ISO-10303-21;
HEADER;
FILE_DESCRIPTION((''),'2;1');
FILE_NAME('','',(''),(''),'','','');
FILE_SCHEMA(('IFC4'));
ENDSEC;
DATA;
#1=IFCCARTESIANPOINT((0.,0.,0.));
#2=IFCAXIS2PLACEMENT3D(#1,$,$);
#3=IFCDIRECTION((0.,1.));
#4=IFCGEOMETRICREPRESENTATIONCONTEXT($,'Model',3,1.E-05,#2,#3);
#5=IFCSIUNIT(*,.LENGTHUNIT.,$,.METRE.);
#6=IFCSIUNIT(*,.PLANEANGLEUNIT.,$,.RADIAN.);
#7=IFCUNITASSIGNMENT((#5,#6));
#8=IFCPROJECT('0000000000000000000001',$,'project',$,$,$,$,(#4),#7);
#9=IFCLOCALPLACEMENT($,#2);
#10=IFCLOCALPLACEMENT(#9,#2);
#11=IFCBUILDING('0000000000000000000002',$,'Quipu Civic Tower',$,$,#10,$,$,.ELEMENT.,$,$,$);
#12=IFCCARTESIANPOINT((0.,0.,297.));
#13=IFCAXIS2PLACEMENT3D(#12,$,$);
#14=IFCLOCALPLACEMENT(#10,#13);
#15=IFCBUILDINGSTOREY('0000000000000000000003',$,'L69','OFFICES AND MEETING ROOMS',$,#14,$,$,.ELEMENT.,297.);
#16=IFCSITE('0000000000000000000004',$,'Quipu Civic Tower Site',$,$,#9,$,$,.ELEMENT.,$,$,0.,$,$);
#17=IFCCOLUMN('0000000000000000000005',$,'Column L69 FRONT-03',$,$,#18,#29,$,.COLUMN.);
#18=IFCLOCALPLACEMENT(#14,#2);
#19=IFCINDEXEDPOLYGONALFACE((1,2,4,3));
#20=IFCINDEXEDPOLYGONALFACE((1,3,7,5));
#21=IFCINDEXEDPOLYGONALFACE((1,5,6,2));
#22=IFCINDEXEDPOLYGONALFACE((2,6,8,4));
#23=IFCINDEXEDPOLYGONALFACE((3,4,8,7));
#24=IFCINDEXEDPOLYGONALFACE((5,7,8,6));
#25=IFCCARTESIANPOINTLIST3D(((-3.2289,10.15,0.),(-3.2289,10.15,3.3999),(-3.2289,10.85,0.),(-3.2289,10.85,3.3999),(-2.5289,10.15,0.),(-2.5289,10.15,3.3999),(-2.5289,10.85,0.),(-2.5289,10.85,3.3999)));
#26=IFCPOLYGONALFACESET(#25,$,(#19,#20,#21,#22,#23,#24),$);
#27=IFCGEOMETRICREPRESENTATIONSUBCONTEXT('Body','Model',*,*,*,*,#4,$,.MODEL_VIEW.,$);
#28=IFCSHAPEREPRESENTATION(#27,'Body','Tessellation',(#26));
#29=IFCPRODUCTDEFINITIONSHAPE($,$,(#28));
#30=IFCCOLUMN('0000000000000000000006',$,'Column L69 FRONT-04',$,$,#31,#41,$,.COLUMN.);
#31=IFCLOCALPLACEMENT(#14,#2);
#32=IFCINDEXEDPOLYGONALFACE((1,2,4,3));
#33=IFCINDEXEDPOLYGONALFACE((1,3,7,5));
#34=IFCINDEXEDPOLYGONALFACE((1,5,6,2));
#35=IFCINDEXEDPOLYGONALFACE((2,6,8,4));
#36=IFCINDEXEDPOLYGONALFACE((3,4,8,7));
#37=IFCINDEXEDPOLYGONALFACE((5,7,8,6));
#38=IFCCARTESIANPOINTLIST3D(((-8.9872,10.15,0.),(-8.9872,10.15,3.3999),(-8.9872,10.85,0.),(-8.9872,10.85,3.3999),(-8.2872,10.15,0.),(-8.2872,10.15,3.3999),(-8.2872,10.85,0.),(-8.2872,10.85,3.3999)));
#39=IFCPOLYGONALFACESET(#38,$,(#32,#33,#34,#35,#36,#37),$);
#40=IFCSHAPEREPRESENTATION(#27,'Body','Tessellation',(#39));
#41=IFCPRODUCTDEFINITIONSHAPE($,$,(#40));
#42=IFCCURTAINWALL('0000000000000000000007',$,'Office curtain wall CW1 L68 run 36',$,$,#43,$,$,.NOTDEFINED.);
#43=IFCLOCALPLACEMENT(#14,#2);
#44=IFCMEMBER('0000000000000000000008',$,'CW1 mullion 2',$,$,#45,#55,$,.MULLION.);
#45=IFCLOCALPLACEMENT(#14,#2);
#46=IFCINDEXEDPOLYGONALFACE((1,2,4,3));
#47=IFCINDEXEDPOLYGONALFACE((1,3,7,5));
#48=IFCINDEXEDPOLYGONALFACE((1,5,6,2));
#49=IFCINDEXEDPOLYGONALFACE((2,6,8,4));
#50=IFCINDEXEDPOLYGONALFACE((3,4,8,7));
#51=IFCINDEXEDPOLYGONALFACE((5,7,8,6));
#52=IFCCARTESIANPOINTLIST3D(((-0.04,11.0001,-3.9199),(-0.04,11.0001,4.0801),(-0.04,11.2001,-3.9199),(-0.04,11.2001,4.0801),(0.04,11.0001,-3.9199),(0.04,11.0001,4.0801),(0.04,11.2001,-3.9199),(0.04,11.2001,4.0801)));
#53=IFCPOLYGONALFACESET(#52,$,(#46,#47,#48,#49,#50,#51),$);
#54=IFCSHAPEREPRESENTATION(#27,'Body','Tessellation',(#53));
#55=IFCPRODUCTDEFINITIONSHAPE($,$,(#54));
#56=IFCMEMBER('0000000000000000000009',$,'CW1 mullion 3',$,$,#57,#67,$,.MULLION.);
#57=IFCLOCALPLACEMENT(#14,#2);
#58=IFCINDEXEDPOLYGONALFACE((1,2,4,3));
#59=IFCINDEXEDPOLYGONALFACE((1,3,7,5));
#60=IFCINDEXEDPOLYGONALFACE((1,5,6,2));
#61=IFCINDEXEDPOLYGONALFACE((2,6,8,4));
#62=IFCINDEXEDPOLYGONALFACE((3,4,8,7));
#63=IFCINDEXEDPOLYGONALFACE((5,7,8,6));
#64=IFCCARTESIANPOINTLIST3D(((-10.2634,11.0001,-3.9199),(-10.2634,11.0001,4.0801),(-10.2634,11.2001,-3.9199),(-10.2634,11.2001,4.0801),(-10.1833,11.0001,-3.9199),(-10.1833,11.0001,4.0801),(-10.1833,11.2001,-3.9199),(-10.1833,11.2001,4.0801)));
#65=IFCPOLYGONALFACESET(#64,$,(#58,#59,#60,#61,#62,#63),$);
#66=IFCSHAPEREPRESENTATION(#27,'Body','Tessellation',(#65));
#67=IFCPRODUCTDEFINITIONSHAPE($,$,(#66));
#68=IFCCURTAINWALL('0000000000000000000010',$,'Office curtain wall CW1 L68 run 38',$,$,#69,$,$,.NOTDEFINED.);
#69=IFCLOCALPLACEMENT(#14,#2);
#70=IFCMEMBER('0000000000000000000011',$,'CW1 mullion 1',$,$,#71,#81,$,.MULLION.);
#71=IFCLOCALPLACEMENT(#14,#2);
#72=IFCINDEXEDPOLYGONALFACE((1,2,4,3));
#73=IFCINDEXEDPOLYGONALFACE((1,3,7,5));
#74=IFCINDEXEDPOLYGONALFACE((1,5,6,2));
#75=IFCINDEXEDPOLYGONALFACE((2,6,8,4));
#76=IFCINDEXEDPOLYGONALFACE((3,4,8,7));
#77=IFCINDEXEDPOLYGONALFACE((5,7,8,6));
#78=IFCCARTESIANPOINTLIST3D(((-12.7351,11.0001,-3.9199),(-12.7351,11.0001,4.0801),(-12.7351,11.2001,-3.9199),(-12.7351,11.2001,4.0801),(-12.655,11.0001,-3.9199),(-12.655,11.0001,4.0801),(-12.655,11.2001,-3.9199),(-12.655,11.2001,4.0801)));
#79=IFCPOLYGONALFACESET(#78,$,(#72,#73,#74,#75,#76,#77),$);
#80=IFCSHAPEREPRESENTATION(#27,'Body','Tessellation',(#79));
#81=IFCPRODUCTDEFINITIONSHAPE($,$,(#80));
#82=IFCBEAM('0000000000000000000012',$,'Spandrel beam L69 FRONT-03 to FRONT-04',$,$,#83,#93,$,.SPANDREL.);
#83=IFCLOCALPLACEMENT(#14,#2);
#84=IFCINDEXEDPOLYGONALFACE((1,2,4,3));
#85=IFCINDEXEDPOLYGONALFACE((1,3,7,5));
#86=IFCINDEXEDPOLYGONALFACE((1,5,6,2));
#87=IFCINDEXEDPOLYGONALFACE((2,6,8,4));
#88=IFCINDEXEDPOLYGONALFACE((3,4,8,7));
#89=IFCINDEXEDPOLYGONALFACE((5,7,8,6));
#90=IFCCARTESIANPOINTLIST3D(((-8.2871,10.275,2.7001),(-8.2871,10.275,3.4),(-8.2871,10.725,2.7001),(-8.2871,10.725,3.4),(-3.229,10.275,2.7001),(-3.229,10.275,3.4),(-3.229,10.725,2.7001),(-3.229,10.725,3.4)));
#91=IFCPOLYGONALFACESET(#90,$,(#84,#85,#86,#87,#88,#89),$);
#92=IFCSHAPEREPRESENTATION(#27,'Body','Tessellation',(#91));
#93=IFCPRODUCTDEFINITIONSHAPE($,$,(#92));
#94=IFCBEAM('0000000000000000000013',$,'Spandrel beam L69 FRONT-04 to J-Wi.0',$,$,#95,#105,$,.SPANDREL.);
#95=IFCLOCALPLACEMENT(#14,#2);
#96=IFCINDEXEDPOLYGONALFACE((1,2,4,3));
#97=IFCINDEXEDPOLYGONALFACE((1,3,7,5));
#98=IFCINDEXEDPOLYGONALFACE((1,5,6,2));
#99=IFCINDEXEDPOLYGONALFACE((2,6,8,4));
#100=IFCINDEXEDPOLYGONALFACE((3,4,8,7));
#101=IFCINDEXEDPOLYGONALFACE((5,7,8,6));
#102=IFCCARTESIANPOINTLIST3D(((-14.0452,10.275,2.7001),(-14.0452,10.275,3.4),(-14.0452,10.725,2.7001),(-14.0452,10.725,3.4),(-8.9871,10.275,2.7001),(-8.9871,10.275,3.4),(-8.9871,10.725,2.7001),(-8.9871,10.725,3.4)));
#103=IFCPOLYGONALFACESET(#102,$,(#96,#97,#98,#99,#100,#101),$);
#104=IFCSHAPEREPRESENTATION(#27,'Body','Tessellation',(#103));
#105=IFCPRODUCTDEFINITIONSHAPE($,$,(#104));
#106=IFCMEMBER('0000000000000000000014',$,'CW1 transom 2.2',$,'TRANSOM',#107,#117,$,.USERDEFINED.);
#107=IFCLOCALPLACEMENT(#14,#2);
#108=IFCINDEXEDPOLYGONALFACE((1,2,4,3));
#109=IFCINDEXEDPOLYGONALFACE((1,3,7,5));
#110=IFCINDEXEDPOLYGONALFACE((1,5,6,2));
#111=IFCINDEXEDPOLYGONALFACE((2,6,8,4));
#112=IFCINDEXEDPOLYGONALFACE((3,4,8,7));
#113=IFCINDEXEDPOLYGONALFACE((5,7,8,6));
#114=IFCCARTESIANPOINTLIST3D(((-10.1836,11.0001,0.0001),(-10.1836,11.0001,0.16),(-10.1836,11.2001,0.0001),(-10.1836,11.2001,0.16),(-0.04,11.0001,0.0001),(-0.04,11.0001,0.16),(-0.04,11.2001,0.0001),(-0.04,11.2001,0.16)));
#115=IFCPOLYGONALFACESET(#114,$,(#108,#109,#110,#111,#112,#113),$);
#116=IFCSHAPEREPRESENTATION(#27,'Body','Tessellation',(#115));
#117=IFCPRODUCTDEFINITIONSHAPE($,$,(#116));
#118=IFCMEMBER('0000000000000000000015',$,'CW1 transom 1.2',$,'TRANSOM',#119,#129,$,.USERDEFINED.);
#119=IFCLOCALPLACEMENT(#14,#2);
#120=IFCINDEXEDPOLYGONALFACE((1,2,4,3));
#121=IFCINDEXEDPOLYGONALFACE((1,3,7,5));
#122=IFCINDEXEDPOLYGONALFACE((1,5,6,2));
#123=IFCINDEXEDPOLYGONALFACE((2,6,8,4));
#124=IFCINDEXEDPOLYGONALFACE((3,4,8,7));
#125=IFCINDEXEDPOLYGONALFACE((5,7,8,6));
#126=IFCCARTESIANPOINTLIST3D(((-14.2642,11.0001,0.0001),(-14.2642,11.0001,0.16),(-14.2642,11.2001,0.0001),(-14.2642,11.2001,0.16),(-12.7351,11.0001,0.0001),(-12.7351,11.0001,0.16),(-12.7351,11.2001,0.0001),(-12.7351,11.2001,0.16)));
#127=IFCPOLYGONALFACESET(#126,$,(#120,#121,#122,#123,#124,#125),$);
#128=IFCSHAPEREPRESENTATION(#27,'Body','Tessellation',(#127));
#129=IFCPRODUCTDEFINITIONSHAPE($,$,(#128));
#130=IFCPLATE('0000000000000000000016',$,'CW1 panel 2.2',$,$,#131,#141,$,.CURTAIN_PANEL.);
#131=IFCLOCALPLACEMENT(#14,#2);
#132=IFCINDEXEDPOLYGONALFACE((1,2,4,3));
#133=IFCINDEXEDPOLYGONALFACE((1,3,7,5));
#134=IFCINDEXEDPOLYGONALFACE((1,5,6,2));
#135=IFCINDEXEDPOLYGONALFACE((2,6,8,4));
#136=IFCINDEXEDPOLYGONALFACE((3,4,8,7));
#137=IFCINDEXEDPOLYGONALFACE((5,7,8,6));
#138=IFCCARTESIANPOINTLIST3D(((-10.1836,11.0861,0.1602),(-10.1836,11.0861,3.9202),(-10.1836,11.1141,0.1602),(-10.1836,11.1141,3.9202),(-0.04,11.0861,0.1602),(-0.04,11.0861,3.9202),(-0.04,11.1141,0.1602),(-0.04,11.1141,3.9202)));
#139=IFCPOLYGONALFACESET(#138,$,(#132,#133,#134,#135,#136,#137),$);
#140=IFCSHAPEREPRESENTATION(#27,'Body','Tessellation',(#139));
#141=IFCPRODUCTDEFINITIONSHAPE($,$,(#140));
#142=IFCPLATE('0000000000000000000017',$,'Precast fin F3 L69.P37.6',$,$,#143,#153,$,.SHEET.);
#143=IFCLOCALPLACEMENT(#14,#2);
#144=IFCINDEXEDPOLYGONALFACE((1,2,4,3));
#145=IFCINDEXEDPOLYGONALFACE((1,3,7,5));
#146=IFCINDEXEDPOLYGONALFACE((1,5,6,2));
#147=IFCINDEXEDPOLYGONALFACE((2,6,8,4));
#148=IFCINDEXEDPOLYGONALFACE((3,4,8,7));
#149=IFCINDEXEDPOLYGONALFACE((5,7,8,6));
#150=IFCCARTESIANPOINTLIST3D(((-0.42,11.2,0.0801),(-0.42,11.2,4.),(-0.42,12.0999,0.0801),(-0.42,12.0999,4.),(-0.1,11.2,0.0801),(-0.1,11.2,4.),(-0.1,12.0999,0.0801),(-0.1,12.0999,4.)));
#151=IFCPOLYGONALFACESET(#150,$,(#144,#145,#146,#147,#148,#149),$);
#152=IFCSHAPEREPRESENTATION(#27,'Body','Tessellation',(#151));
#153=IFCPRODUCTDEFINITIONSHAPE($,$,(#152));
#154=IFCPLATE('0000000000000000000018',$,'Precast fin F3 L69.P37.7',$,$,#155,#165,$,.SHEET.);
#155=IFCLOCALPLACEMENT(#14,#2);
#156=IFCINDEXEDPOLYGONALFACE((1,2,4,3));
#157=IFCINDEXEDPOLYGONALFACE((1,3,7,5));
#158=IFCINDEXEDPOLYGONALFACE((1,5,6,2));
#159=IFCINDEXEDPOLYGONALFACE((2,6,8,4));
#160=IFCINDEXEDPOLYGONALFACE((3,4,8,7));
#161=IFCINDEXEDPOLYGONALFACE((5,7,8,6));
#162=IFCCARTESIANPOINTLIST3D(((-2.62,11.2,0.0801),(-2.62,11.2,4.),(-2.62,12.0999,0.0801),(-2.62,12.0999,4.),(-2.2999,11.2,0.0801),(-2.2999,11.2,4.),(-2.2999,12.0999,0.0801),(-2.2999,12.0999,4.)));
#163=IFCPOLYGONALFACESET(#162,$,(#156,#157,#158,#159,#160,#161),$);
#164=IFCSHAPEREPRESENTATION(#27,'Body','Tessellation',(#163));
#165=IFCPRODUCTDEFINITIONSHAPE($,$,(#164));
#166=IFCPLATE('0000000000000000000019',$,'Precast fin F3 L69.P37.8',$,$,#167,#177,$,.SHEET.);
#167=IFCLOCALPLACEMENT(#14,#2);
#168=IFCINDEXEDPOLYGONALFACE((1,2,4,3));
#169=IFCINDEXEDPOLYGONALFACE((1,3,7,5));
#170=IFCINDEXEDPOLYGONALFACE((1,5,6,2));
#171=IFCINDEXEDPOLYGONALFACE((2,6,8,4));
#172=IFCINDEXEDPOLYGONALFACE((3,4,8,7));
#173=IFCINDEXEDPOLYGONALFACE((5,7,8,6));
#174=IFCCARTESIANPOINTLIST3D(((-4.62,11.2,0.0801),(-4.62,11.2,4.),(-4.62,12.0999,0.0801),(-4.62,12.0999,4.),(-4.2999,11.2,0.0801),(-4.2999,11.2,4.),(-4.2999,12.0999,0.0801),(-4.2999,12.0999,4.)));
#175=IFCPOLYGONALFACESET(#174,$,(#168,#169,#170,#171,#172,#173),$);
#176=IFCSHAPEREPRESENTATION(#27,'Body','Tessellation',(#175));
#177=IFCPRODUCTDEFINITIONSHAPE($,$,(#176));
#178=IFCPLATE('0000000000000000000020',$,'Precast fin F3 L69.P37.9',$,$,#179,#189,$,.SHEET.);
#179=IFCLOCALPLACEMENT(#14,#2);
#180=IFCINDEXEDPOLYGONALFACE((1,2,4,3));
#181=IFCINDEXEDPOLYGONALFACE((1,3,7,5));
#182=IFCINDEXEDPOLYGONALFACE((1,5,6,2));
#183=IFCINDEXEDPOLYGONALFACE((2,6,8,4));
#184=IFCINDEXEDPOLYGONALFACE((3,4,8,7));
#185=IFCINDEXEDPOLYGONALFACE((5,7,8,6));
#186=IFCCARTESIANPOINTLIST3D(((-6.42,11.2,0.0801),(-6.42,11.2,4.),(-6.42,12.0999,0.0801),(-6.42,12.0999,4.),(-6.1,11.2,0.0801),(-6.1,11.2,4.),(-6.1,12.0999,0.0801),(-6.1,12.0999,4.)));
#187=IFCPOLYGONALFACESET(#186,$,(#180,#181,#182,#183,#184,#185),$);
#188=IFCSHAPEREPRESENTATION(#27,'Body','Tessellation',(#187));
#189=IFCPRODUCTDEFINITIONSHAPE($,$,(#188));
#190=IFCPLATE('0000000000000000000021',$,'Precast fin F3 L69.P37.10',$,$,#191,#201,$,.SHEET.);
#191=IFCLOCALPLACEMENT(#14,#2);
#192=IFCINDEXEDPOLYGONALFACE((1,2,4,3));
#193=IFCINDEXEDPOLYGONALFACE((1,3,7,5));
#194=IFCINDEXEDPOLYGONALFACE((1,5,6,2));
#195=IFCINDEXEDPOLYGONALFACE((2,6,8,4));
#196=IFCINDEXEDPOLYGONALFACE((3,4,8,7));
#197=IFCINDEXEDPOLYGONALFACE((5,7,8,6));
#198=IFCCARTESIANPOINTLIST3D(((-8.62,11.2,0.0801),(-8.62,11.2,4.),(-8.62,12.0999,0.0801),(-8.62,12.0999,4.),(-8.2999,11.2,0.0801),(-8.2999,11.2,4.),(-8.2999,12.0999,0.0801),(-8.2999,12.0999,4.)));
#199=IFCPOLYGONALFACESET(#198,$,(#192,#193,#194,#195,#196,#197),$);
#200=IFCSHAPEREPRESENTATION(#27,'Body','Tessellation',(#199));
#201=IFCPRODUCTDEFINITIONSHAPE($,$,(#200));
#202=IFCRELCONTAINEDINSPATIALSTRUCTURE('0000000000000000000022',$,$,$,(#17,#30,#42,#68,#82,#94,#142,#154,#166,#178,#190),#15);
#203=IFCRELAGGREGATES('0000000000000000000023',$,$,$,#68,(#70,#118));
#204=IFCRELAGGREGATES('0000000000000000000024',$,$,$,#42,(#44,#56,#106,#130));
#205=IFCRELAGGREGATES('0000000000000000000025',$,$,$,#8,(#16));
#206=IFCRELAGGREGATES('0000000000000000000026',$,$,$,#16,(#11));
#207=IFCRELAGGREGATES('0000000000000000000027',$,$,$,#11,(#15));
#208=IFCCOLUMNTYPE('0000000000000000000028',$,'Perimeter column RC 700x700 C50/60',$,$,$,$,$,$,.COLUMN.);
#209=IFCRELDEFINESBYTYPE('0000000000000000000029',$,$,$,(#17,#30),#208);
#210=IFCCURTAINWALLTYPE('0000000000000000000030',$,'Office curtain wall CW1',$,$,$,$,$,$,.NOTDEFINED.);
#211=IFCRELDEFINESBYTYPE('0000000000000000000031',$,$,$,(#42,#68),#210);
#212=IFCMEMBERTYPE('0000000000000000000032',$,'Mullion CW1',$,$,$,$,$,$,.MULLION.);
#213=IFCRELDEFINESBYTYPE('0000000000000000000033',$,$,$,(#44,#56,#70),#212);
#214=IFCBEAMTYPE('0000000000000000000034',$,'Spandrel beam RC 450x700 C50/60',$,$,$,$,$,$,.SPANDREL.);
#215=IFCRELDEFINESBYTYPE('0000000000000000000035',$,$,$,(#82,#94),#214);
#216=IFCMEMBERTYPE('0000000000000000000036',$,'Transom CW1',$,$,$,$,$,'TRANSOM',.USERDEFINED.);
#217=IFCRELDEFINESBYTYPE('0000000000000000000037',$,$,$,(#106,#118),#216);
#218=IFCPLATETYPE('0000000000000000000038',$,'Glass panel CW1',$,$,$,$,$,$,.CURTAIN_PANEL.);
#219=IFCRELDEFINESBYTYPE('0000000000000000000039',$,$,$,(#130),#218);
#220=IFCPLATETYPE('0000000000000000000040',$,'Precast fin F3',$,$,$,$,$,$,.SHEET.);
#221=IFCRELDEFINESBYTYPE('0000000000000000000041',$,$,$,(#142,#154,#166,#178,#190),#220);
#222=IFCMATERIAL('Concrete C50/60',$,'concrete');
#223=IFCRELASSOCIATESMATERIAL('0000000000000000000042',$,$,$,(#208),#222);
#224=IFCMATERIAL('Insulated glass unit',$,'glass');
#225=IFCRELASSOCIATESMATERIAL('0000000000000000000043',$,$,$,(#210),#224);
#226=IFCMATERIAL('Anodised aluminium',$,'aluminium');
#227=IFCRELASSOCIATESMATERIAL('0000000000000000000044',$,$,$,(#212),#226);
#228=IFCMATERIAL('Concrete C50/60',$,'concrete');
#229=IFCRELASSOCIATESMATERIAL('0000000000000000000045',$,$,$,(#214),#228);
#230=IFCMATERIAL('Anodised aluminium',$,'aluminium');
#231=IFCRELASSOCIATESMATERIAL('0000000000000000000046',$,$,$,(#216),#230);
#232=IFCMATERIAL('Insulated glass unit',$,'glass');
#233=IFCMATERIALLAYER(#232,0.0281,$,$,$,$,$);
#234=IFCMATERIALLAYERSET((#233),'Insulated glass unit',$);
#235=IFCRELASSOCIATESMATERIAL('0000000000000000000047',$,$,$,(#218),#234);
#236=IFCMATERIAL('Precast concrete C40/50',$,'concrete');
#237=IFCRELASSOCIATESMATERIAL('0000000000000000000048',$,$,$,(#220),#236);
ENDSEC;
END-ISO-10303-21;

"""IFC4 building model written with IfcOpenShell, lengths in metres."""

from ifc_helpers import new_model, si_unit, direction, frame, origin, origin_2d, place, context, subcontext, project, spatial, rectangle, extrude, material, layer, layer_set, material_profile, profile_set, type_object, element, aggregate, save


model = new_model("IFC4")

# Units and contexts
model_context = context("Model", 3, precision=1e-05, world=origin(), true_north=direction((0.0, 1.0)))
body_context = subcontext(model_context, "Body", "Model", "MODEL_VIEW")
ifc_project = project(units=[si_unit("LENGTHUNIT", "METRE"), si_unit("PLANEANGLEUNIT", "RADIAN")], contexts=[model_context])

# Site, building, storey
site_placement = place(None, origin())
site = spatial("IfcSite", under=ifc_project, at=site_placement, Name="Quipu Civic Tower Site", CompositionType="ELEMENT", RefElevation=0.0)
building_placement = place(site_placement, origin())
building = spatial("IfcBuilding", under=site, at=building_placement, Name="Quipu Civic Tower", CompositionType="ELEMENT")
storey_placement = place(building_placement, frame((0.0, 0.0, 297.0)))
storey = spatial("IfcBuildingStorey", under=building, at=storey_placement, Name="L69", Description="OFFICES AND MEETING ROOMS", CompositionType="ELEMENT", Elevation=297.0)

# Columns
ifc_material_1 = material(Name="Concrete C50/60", Category="concrete")
ifc_material_profile_1 = material_profile(ifc_material_1, rectangle(XDim=0.7, YDim=0.7, at=origin_2d()), Name="RC700x700")
ifc_profile_set_1 = profile_set([ifc_material_profile_1], Name="Concrete C50/60")
column_type = type_object("IfcColumnType", Name="Perimeter column RC 700x700 C50/60", PredefinedType="COLUMN", material=ifc_profile_set_1)
for number, where, z_axis, x_axis, name in (
    (1, (-2.8789, 10.5, 0.0), (0.0, 0.0, 1.0), (-1.0, 0.0, 0.0), "Column L69 FRONT-03"),
    (2, (-8.6372, 10.5, 0.0), (0.0, 0.0, 1.0), (-1.0, 0.0, 0.0), "Column L69 FRONT-04"),
):
    element("IfcColumn", number, at=place(storey_placement, frame(where, z_axis=z_axis, x_axis=x_axis)), inside=storey, type_object=column_type, Name=name, PredefinedType="COLUMN", context=body_context, shape_type="SweptSolid", body=[
        extrude(rectangle(XDim=0.7, YDim=0.7, at=origin_2d()), origin(), (0.0, 0.0, 1.0), 3.3999),
    ])

# Curtain wall, members
ifc_material_2 = material(Name="Insulated glass unit", Category="glass")
curtain_wall_type = type_object("IfcCurtainWallType", Name="Office curtain wall CW1", PredefinedType="NOTDEFINED", material=ifc_material_2)
curtain_wall_1_placement = place(storey_placement, origin())
curtain_wall_1 = element("IfcCurtainWall", 3, at=curtain_wall_1_placement, inside=storey, type_object=curtain_wall_type, Name="Office curtain wall CW1 L68 run 36", PredefinedType="NOTDEFINED")
ifc_material_3 = material(Name="Anodised aluminium", Category="aluminium")
ifc_material_profile_2 = material_profile(ifc_material_3, rectangle(XDim=0.2, YDim=0.0801, at=origin_2d()), Name="RECT 200x80")
ifc_profile_set_2 = profile_set([ifc_material_profile_2], Name="Anodised aluminium")
member_type_1 = type_object("IfcMemberType", Name="Mullion CW1", PredefinedType="MULLION", material=ifc_profile_set_2)
member_1_placement = place(storey_placement, frame((0.0, 11.1001, -3.9199), z_axis=(0.0, 0.0, 1.0), x_axis=(0.0, -1.0, 0.0)))
member_1 = element("IfcMember", 4, at=member_1_placement, type_object=member_type_1, Name="CW1 mullion 2", PredefinedType="MULLION", context=body_context, shape_type="SweptSolid", body=[
    extrude(rectangle(XDim=0.2, YDim=0.0801, at=origin_2d()), origin(), (0.0, 0.0, 1.0), 8.0),
])
member_2_placement = place(storey_placement, frame((-10.2234, 11.1001, -3.9199), z_axis=(0.0, 0.0, 1.0), x_axis=(0.0, -1.0, 0.0)))
member_2 = element("IfcMember", 5, at=member_2_placement, type_object=member_type_1, Name="CW1 mullion 3", PredefinedType="MULLION", context=body_context, shape_type="SweptSolid", body=[
    extrude(rectangle(XDim=0.2, YDim=0.0801, at=origin_2d()), origin(), (0.0, 0.0, 1.0), 8.0),
])

# Curtain wall, member
curtain_wall_2_placement = place(storey_placement, origin())
curtain_wall_2 = element("IfcCurtainWall", 6, at=curtain_wall_2_placement, inside=storey, type_object=curtain_wall_type, Name="Office curtain wall CW1 L68 run 38", PredefinedType="NOTDEFINED")
member_3_placement = place(storey_placement, frame((-12.6951, 11.1001, -3.9199), z_axis=(0.0, 0.0, 1.0), x_axis=(0.0, -1.0, 0.0)))
member_3 = element("IfcMember", 7, at=member_3_placement, type_object=member_type_1, Name="CW1 mullion 1", PredefinedType="MULLION", context=body_context, shape_type="SweptSolid", body=[
    extrude(rectangle(XDim=0.2, YDim=0.0801, at=origin_2d()), origin(), (0.0, 0.0, 1.0), 8.0),
])

# Beams
ifc_material_4 = material(Name="Concrete C50/60", Category="concrete")
ifc_material_profile_3 = material_profile(ifc_material_4, rectangle(XDim=0.45, YDim=0.7, at=origin_2d()), Name="RC450x700")
ifc_profile_set_3 = profile_set([ifc_material_profile_3], Name="Concrete C50/60")
beam_type = type_object("IfcBeamType", Name="Spandrel beam RC 450x700 C50/60", PredefinedType="SPANDREL", material=ifc_profile_set_3)
for number, where, z_axis, x_axis, name in (
    (8, (-3.229, 10.5, 3.05), (-1.0, 0.0, 0.0), (0.0, -1.0, 0.0), "Spandrel beam L69 FRONT-03 to FRONT-04"),
    (9, (-8.9871, 10.5, 3.05), (-1.0, 0.0, 0.0), (0.0, -1.0, 0.0), "Spandrel beam L69 FRONT-04 to J-Wi.0"),
):
    element("IfcBeam", number, at=place(storey_placement, frame(where, z_axis=z_axis, x_axis=x_axis)), inside=storey, type_object=beam_type, Name=name, PredefinedType="SPANDREL", context=body_context, shape_type="SweptSolid", body=[
        extrude(rectangle(XDim=0.45, YDim=0.7, at=origin_2d()), origin(), (0.0, 0.0, 1.0), 5.0581),
    ])

# Members
ifc_material_5 = material(Name="Anodised aluminium", Category="aluminium")
ifc_material_profile_4 = material_profile(ifc_material_5, rectangle(XDim=0.2, YDim=0.1599, at=origin_2d()), Name="RECT 200x160")
ifc_profile_set_4 = profile_set([ifc_material_profile_4], Name="Anodised aluminium")
member_type_2 = type_object("IfcMemberType", Name="Transom CW1", ElementType="TRANSOM", PredefinedType="USERDEFINED", material=ifc_profile_set_4)
member_4_placement = place(storey_placement, frame((-0.04, 11.1001, 0.0801), z_axis=(-1.0, 0.0, 0.0), x_axis=(0.0, -1.0, 0.0)))
member_4 = element("IfcMember", 10, at=member_4_placement, type_object=member_type_2, Name="CW1 transom 2.2", ObjectType="TRANSOM", PredefinedType="USERDEFINED", context=body_context, shape_type="SweptSolid", body=[
    extrude(rectangle(XDim=0.2, YDim=0.1599, at=origin_2d()), origin(), (0.0, 0.0, 1.0), 10.1436),
])
member_5_placement = place(storey_placement, frame((-12.7351, 11.1001, 0.0801), z_axis=(-1.0, 0.0, 0.0), x_axis=(0.0, -1.0, 0.0)))
member_5 = element("IfcMember", 11, at=member_5_placement, type_object=member_type_2, Name="CW1 transom 1.2", ObjectType="TRANSOM", PredefinedType="USERDEFINED", context=body_context, shape_type="SweptSolid", body=[
    extrude(rectangle(XDim=0.2, YDim=0.1599, at=origin_2d()), origin(), (0.0, 0.0, 1.0), 1.5291),
])
aggregate(curtain_wall_2, [member_3, member_5])

# Plate
ifc_material_6 = material(Name="Insulated glass unit", Category="glass")
ifc_layer_1 = layer(ifc_material_6, 0.0281)
ifc_layer_set_1 = layer_set([ifc_layer_1], Name="Insulated glass unit")
plate_type_1 = type_object("IfcPlateType", Name="Glass panel CW1", PredefinedType="CURTAIN_PANEL", material=ifc_layer_set_1)
plate_placement = place(storey_placement, frame((-5.1118, 11.1001, 0.1602), z_axis=(0.0, 0.0, 1.0), x_axis=(-1.0, 0.0, 0.0)))
plate = element("IfcPlate", 12, at=plate_placement, type_object=plate_type_1, Name="CW1 panel 2.2", PredefinedType="CURTAIN_PANEL", context=body_context, shape_type="SweptSolid", body=[
    extrude(rectangle(XDim=10.1436, YDim=0.0281, at=origin_2d()), origin(), (0.0, 0.0, 1.0), 3.76),
])
aggregate(curtain_wall_1, [member_1, member_2, member_4, plate])

# Plates
ifc_material_7 = material(Name="Precast concrete C40/50", Category="concrete")
plate_type_2 = type_object("IfcPlateType", Name="Precast fin F3", PredefinedType="SHEET", material=ifc_material_7)
for number, where, z_axis, x_axis, name in (
    (13, (-0.26, 11.6499, 0.0801), (0.0, 0.0, 1.0), (-1.0, 0.0, 0.0), "Precast fin F3 L69.P37.6"),
    (14, (-2.46, 11.6499, 0.0801), (0.0, 0.0, 1.0), (-1.0, 0.0, 0.0), "Precast fin F3 L69.P37.7"),
    (15, (-4.46, 11.6499, 0.0801), (0.0, 0.0, 1.0), (-1.0, 0.0, 0.0), "Precast fin F3 L69.P37.8"),
    (16, (-6.26, 11.6499, 0.0801), (0.0, 0.0, 1.0), (-1.0, 0.0, 0.0), "Precast fin F3 L69.P37.9"),
    (17, (-8.46, 11.6499, 0.0801), (0.0, 0.0, 1.0), (-1.0, 0.0, 0.0), "Precast fin F3 L69.P37.10"),
):
    element("IfcPlate", number, at=place(storey_placement, frame(where, z_axis=z_axis, x_axis=x_axis)), inside=storey, type_object=plate_type_2, Name=name, PredefinedType="SHEET", context=body_context, shape_type="SweptSolid", body=[
        extrude(rectangle(XDim=0.3201, YDim=0.8999, at=origin_2d()), origin(), (0.0, 0.0, 1.0), 3.9199),
    ])

save(model, "model.ifc")
